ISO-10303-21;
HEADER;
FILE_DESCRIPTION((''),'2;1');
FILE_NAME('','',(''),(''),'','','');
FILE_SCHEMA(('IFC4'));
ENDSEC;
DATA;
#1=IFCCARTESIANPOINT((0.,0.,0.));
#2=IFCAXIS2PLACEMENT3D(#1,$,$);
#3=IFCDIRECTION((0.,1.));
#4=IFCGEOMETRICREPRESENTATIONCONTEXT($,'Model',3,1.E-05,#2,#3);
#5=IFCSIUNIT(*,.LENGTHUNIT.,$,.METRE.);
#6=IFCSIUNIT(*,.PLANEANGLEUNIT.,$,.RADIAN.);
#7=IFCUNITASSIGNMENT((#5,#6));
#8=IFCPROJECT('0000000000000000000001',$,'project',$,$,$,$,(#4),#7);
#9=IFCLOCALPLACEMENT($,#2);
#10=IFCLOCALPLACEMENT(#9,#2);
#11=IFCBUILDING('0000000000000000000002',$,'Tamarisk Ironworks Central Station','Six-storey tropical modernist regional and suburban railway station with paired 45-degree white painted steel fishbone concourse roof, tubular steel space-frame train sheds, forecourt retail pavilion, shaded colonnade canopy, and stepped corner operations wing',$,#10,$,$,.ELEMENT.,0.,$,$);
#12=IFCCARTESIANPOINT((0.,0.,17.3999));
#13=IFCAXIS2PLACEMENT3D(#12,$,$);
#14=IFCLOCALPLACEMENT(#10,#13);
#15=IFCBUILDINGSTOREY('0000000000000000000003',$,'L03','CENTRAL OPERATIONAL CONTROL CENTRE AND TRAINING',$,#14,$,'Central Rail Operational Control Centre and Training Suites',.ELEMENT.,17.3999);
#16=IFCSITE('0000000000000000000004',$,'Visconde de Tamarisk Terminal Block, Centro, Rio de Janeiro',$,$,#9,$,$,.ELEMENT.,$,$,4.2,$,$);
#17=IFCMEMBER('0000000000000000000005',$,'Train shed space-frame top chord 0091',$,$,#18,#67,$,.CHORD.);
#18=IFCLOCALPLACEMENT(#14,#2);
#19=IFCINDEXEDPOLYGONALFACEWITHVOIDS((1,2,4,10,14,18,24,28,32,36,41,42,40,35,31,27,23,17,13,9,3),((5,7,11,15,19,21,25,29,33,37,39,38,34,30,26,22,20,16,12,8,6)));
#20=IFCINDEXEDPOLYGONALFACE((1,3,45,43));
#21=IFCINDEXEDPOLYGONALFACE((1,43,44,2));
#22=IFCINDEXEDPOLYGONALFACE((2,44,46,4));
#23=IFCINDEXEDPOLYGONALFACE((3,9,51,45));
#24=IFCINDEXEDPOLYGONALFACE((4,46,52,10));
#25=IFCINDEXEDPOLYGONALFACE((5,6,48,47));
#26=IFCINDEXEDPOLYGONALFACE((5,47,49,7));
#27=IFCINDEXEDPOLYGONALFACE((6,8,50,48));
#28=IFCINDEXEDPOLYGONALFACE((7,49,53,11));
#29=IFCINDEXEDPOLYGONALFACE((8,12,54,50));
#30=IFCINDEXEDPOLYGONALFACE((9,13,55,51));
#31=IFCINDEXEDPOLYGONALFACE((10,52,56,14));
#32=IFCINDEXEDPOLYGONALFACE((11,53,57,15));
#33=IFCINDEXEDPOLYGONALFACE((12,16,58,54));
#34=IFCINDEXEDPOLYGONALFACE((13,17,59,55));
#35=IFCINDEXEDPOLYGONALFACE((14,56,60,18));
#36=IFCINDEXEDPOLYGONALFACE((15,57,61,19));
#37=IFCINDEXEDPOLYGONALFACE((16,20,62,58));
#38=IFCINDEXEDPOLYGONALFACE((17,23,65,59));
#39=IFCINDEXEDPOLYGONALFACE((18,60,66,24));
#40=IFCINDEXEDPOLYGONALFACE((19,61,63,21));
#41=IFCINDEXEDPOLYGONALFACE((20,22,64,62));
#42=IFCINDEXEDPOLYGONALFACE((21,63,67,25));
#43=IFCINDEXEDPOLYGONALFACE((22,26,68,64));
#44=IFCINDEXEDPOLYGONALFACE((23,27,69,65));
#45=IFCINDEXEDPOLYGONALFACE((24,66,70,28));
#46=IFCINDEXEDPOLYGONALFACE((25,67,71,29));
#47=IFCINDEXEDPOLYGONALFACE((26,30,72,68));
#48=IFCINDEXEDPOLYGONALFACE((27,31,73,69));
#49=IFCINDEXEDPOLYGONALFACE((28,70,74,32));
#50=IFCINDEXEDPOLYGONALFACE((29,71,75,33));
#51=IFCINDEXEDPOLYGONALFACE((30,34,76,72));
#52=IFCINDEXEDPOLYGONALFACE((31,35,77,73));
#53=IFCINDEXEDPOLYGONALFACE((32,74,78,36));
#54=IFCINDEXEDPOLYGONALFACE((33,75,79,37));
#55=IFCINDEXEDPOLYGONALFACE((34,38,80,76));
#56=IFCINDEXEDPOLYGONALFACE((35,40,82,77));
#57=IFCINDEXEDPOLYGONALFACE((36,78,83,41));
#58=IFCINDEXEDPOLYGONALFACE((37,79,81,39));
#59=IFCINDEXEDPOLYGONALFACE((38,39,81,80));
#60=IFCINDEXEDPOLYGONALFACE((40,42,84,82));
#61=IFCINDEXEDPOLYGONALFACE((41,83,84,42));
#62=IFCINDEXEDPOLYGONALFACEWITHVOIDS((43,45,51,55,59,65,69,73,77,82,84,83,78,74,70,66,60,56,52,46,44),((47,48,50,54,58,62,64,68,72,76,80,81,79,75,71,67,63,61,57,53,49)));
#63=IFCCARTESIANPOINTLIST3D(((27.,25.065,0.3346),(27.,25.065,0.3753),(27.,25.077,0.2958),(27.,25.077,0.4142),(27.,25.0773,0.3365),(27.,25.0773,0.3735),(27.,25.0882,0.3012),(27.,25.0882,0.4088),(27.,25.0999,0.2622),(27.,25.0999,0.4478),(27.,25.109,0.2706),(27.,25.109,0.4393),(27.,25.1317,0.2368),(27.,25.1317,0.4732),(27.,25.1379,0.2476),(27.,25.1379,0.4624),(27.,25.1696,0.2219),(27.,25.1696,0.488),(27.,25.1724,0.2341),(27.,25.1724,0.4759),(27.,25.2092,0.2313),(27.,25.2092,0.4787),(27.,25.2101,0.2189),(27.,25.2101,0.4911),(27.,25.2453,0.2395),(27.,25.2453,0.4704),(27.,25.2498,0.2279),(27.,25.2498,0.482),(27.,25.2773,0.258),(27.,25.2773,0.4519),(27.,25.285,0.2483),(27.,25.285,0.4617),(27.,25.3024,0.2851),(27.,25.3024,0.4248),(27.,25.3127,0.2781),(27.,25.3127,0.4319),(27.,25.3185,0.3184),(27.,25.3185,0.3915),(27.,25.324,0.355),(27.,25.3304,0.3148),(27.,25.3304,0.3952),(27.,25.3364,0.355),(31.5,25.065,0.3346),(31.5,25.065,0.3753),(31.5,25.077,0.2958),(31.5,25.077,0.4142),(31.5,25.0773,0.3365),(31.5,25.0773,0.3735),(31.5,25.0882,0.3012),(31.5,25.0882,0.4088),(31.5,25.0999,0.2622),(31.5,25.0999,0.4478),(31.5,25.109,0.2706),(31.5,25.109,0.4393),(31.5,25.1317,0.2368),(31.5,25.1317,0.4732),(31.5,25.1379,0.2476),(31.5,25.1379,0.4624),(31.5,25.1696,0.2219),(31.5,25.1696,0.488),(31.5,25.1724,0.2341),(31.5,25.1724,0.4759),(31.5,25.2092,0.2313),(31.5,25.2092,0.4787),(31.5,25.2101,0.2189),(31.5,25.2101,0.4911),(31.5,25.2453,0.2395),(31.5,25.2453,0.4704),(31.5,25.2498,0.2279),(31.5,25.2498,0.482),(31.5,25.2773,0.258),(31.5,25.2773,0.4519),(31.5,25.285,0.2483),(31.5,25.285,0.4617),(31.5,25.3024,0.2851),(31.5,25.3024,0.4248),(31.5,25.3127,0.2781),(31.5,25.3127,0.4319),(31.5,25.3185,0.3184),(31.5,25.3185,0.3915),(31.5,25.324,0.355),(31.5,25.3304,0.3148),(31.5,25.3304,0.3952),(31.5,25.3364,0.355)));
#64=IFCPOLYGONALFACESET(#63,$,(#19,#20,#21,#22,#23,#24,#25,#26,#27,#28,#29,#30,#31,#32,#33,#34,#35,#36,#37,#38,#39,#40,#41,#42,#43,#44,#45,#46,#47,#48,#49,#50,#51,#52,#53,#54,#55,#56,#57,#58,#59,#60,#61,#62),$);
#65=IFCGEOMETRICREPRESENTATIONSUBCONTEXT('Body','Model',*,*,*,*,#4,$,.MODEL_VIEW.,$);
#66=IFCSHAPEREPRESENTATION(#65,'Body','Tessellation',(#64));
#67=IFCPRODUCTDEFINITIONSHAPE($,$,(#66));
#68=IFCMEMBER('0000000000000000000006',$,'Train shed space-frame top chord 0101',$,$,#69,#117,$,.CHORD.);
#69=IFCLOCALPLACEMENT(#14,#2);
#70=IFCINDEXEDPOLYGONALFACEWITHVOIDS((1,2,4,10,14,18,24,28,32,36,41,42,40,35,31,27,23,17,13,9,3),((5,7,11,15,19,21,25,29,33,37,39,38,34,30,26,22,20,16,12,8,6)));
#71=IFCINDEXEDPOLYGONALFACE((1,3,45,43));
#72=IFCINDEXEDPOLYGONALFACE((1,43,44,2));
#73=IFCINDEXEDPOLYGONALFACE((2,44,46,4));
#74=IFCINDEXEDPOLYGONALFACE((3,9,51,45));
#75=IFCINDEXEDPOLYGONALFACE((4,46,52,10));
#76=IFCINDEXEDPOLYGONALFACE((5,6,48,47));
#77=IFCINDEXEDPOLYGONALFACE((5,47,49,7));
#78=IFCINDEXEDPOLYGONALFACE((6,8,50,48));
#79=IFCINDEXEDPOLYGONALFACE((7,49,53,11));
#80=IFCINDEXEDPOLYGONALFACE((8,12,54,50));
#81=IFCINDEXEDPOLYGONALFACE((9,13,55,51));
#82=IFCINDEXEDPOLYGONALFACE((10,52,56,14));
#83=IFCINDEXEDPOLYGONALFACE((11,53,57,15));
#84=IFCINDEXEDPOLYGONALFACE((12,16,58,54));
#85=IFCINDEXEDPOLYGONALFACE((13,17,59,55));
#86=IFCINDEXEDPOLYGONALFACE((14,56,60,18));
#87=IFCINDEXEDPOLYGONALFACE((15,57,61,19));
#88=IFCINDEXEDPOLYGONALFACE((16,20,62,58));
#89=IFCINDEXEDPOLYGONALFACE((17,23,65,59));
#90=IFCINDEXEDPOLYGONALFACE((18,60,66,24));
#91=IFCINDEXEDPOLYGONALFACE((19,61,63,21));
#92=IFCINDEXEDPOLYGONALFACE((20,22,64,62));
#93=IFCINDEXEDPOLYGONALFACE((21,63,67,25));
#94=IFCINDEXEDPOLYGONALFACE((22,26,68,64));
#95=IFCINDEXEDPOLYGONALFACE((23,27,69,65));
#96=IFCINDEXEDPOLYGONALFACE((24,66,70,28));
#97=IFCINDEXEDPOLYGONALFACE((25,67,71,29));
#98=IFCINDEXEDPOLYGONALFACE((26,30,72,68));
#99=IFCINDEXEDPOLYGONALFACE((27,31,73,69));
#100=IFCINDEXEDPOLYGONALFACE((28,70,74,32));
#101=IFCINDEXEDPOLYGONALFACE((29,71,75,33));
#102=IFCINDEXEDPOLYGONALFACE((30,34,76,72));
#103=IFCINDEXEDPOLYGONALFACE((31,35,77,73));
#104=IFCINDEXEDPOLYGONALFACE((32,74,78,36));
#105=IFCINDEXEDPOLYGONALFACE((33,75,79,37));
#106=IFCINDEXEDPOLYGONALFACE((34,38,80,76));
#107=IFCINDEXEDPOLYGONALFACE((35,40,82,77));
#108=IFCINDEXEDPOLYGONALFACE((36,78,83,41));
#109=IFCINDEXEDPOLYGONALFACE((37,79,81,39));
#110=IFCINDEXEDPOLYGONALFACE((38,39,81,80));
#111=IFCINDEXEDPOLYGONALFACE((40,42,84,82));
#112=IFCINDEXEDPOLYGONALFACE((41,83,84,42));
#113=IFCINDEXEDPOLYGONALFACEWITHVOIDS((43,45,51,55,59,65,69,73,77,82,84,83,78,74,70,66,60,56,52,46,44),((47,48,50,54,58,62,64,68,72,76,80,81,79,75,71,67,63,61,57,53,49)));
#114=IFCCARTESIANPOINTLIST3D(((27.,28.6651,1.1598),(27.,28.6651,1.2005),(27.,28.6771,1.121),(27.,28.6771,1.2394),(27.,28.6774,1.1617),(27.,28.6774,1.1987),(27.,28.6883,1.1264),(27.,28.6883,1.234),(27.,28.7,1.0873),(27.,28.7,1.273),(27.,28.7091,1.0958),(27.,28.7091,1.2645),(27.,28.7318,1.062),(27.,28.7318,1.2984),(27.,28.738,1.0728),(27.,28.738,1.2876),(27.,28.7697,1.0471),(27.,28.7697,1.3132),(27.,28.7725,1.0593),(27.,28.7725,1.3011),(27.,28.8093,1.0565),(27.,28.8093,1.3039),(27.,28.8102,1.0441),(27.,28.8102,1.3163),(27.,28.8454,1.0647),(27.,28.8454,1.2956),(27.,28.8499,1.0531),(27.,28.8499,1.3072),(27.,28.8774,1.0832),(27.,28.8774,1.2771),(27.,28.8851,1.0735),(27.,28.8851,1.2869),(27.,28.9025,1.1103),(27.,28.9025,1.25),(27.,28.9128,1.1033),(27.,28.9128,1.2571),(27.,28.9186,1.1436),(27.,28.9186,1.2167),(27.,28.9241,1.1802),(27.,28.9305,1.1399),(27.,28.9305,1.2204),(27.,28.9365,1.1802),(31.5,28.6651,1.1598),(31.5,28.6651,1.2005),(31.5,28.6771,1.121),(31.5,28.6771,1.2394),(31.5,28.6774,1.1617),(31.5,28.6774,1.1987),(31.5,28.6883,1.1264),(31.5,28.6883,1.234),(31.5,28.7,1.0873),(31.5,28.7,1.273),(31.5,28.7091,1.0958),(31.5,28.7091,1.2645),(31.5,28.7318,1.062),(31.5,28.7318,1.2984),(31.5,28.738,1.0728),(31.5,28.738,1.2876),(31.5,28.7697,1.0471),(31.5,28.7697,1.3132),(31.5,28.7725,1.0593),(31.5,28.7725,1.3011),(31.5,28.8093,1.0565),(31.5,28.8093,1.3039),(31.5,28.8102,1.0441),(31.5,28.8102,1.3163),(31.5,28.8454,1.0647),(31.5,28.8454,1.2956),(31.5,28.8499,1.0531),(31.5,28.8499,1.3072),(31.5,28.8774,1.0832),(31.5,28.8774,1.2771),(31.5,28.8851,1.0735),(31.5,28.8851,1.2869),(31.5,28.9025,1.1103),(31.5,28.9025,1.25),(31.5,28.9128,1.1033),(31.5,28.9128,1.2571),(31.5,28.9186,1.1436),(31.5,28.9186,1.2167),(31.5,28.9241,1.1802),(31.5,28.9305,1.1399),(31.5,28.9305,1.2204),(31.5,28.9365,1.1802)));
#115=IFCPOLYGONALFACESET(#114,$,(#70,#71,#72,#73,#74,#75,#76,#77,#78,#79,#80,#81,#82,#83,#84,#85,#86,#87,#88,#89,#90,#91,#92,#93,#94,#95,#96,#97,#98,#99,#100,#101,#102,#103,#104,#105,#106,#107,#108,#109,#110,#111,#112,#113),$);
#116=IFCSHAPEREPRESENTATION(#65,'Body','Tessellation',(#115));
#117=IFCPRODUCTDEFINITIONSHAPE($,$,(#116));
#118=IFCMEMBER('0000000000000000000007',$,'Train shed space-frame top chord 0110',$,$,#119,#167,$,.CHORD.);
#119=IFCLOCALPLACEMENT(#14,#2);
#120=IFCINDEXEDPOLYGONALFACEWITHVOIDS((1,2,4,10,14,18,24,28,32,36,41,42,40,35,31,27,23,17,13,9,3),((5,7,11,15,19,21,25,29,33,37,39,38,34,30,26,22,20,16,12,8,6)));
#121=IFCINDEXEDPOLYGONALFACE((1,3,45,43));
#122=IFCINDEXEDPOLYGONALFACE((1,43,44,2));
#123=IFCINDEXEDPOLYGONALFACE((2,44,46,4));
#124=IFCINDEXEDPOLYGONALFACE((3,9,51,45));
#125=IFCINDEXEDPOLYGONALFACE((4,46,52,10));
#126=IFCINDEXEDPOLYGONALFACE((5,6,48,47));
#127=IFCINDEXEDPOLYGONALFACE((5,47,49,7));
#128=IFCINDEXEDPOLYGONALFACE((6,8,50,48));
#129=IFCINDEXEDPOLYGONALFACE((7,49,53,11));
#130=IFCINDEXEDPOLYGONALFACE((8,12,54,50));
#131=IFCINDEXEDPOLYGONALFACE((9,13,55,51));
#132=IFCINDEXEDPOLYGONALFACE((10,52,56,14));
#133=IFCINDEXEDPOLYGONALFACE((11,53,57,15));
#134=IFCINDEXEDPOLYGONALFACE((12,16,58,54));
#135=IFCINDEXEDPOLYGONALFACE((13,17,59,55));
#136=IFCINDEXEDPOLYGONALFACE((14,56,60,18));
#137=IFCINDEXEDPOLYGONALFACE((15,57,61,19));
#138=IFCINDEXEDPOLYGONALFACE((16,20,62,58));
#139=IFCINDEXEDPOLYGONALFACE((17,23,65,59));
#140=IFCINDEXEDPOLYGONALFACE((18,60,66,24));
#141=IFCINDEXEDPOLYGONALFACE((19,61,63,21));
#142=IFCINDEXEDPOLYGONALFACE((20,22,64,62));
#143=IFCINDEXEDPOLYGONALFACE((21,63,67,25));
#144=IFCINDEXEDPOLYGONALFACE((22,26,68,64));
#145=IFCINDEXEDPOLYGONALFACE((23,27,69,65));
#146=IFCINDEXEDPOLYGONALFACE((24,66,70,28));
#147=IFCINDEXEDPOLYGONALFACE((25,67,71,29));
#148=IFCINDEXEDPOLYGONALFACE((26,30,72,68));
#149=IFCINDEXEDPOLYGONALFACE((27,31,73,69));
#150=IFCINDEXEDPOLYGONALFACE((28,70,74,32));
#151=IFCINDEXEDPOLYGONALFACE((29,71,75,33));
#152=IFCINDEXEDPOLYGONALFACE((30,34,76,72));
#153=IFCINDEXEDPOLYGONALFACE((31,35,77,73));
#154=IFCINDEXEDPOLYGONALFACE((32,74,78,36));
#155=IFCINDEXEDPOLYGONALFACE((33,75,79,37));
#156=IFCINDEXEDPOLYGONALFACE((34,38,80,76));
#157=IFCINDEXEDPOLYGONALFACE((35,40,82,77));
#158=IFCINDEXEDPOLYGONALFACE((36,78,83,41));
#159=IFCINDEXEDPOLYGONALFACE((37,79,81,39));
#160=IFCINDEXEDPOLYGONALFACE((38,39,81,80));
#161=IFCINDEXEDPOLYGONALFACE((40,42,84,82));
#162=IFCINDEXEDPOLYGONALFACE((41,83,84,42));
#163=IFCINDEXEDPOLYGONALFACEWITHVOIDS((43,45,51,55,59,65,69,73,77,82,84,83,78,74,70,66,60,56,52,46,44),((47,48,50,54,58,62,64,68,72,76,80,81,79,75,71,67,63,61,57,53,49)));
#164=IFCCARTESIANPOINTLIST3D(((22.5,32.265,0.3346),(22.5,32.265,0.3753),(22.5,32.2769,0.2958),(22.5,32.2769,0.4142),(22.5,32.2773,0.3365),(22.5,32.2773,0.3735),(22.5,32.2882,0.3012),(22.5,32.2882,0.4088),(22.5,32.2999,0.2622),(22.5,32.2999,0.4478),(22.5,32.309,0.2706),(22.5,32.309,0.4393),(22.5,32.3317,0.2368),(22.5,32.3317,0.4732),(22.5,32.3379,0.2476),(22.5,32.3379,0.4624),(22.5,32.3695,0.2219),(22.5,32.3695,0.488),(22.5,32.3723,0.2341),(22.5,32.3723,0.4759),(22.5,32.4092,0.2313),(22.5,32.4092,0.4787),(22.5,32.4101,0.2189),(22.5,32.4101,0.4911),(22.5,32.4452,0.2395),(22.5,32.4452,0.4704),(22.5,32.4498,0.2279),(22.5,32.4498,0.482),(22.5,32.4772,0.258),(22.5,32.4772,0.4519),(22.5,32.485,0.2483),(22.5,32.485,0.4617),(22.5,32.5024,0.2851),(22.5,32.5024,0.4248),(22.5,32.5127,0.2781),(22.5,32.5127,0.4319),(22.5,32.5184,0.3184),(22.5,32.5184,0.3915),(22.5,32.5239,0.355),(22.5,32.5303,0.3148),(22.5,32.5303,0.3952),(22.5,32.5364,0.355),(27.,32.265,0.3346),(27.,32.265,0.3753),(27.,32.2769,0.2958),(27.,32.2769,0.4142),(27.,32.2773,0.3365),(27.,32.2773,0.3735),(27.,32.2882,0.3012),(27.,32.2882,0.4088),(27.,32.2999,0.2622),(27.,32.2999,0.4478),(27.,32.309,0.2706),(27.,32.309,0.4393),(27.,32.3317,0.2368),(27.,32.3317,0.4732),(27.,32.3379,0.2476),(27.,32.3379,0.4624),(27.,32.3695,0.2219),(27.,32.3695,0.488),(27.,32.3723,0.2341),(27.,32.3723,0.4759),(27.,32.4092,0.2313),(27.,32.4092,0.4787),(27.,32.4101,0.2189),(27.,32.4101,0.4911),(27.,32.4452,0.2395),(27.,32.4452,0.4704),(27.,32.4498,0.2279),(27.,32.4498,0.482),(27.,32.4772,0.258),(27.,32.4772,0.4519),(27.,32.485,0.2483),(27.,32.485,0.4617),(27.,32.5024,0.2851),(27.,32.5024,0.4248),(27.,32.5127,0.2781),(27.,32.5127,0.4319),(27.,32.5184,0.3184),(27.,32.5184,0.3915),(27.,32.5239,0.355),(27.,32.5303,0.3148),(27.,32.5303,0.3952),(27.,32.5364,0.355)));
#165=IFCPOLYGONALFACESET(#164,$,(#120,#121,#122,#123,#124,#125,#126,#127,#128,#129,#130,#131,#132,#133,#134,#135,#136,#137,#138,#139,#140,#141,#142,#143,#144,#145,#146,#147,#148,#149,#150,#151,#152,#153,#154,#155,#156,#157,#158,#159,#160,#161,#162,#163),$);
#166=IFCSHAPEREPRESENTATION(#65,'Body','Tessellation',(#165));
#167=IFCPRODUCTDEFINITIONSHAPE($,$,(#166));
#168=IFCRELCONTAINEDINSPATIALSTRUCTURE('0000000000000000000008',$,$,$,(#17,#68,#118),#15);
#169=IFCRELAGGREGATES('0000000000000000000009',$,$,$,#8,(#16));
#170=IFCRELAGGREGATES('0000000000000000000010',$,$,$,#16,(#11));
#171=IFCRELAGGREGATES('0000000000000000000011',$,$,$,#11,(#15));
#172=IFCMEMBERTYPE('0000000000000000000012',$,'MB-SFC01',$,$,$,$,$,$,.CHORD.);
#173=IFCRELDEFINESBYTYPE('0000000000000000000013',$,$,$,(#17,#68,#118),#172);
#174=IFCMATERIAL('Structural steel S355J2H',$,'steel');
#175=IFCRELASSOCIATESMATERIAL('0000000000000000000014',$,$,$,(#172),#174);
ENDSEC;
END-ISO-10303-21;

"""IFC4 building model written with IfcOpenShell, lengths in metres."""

from ifc_helpers import new_model, si_unit, direction, frame, origin, origin_2d, place, context, subcontext, project, spatial, hollow_circle, extrude, material, material_profile, profile_set, type_object, element, save


model = new_model("IFC4")

# Units and contexts
model_context = context("Model", 3, precision=1e-05, world=origin(), true_north=direction((0.0, 1.0)))
body_context = subcontext(model_context, "Body", "Model", "MODEL_VIEW")
ifc_project = project(units=[si_unit("LENGTHUNIT", "METRE"), si_unit("PLANEANGLEUNIT", "RADIAN")], contexts=[model_context])

# Site, building, storey
site_placement = place(None, origin())
site = spatial("IfcSite", under=ifc_project, at=site_placement, Name="Visconde de Tamarisk Terminal Block, Centro, Rio de Janeiro", CompositionType="ELEMENT", RefElevation=4.2)
building_placement = place(site_placement, origin())
building = spatial("IfcBuilding", under=site, at=building_placement, Name="Tamarisk Ironworks Central Station", Description="Six-storey tropical modernist regional and suburban railway station with paired 45-degree white painted steel fishbone concourse roof, tubular steel space-frame train sheds, forecourt retail pavilion, shaded colonnade canopy, and stepped corner operations wing", CompositionType="ELEMENT", ElevationOfRefHeight=0.0)
storey_placement = place(building_placement, frame((0.0, 0.0, 17.3999)))
storey = spatial("IfcBuildingStorey", under=building, at=storey_placement, Name="L03", Description="CENTRAL OPERATIONAL CONTROL CENTRE AND TRAINING", LongName="Central Rail Operational Control Centre and Training Suites", CompositionType="ELEMENT", Elevation=17.3999)

# Members
ifc_material = material(Name="Structural steel S355J2H", Category="steel")
ifc_material_profile_1 = material_profile(ifc_material, hollow_circle(Radius=0.1365, WallThickness=0.0125, at=origin_2d()), Name="CHS 273x12.5")
ifc_profile_set_1 = profile_set([ifc_material_profile_1], Name="Structural steel S355J2H")
member_type_1 = type_object("IfcMemberType", Name="MB-SFC01", PredefinedType="CHORD", material=ifc_profile_set_1)
for number, where, z_axis, x_axis, name in (
    (1, (27.0, 25.2, 0.355), (1.0, 0.0, 0.0), (0.0, 1.0, 0.0), "Train shed space-frame top chord 0091"),
    (2, (27.0, 28.8, 1.1802), (1.0, 0.0, 0.0), (0.0, 1.0, 0.0), "Train shed space-frame top chord 0101"),
    (3, (22.5, 32.3999, 0.355), (1.0, 0.0, 0.0), (0.0, 1.0, 0.0), "Train shed space-frame top chord 0110"),
):
    element("IfcMember", number, at=place(storey_placement, frame(where, z_axis=z_axis, x_axis=x_axis)), inside=storey, type_object=member_type_1, Name=name, PredefinedType="CHORD", context=body_context, shape_type="SweptSolid", body=[
        extrude(hollow_circle(Radius=0.1365, WallThickness=0.0125, at=origin_2d()), origin(), (0.0, 0.0, 1.0), 4.5),
    ])

save(model, "model.ifc")
